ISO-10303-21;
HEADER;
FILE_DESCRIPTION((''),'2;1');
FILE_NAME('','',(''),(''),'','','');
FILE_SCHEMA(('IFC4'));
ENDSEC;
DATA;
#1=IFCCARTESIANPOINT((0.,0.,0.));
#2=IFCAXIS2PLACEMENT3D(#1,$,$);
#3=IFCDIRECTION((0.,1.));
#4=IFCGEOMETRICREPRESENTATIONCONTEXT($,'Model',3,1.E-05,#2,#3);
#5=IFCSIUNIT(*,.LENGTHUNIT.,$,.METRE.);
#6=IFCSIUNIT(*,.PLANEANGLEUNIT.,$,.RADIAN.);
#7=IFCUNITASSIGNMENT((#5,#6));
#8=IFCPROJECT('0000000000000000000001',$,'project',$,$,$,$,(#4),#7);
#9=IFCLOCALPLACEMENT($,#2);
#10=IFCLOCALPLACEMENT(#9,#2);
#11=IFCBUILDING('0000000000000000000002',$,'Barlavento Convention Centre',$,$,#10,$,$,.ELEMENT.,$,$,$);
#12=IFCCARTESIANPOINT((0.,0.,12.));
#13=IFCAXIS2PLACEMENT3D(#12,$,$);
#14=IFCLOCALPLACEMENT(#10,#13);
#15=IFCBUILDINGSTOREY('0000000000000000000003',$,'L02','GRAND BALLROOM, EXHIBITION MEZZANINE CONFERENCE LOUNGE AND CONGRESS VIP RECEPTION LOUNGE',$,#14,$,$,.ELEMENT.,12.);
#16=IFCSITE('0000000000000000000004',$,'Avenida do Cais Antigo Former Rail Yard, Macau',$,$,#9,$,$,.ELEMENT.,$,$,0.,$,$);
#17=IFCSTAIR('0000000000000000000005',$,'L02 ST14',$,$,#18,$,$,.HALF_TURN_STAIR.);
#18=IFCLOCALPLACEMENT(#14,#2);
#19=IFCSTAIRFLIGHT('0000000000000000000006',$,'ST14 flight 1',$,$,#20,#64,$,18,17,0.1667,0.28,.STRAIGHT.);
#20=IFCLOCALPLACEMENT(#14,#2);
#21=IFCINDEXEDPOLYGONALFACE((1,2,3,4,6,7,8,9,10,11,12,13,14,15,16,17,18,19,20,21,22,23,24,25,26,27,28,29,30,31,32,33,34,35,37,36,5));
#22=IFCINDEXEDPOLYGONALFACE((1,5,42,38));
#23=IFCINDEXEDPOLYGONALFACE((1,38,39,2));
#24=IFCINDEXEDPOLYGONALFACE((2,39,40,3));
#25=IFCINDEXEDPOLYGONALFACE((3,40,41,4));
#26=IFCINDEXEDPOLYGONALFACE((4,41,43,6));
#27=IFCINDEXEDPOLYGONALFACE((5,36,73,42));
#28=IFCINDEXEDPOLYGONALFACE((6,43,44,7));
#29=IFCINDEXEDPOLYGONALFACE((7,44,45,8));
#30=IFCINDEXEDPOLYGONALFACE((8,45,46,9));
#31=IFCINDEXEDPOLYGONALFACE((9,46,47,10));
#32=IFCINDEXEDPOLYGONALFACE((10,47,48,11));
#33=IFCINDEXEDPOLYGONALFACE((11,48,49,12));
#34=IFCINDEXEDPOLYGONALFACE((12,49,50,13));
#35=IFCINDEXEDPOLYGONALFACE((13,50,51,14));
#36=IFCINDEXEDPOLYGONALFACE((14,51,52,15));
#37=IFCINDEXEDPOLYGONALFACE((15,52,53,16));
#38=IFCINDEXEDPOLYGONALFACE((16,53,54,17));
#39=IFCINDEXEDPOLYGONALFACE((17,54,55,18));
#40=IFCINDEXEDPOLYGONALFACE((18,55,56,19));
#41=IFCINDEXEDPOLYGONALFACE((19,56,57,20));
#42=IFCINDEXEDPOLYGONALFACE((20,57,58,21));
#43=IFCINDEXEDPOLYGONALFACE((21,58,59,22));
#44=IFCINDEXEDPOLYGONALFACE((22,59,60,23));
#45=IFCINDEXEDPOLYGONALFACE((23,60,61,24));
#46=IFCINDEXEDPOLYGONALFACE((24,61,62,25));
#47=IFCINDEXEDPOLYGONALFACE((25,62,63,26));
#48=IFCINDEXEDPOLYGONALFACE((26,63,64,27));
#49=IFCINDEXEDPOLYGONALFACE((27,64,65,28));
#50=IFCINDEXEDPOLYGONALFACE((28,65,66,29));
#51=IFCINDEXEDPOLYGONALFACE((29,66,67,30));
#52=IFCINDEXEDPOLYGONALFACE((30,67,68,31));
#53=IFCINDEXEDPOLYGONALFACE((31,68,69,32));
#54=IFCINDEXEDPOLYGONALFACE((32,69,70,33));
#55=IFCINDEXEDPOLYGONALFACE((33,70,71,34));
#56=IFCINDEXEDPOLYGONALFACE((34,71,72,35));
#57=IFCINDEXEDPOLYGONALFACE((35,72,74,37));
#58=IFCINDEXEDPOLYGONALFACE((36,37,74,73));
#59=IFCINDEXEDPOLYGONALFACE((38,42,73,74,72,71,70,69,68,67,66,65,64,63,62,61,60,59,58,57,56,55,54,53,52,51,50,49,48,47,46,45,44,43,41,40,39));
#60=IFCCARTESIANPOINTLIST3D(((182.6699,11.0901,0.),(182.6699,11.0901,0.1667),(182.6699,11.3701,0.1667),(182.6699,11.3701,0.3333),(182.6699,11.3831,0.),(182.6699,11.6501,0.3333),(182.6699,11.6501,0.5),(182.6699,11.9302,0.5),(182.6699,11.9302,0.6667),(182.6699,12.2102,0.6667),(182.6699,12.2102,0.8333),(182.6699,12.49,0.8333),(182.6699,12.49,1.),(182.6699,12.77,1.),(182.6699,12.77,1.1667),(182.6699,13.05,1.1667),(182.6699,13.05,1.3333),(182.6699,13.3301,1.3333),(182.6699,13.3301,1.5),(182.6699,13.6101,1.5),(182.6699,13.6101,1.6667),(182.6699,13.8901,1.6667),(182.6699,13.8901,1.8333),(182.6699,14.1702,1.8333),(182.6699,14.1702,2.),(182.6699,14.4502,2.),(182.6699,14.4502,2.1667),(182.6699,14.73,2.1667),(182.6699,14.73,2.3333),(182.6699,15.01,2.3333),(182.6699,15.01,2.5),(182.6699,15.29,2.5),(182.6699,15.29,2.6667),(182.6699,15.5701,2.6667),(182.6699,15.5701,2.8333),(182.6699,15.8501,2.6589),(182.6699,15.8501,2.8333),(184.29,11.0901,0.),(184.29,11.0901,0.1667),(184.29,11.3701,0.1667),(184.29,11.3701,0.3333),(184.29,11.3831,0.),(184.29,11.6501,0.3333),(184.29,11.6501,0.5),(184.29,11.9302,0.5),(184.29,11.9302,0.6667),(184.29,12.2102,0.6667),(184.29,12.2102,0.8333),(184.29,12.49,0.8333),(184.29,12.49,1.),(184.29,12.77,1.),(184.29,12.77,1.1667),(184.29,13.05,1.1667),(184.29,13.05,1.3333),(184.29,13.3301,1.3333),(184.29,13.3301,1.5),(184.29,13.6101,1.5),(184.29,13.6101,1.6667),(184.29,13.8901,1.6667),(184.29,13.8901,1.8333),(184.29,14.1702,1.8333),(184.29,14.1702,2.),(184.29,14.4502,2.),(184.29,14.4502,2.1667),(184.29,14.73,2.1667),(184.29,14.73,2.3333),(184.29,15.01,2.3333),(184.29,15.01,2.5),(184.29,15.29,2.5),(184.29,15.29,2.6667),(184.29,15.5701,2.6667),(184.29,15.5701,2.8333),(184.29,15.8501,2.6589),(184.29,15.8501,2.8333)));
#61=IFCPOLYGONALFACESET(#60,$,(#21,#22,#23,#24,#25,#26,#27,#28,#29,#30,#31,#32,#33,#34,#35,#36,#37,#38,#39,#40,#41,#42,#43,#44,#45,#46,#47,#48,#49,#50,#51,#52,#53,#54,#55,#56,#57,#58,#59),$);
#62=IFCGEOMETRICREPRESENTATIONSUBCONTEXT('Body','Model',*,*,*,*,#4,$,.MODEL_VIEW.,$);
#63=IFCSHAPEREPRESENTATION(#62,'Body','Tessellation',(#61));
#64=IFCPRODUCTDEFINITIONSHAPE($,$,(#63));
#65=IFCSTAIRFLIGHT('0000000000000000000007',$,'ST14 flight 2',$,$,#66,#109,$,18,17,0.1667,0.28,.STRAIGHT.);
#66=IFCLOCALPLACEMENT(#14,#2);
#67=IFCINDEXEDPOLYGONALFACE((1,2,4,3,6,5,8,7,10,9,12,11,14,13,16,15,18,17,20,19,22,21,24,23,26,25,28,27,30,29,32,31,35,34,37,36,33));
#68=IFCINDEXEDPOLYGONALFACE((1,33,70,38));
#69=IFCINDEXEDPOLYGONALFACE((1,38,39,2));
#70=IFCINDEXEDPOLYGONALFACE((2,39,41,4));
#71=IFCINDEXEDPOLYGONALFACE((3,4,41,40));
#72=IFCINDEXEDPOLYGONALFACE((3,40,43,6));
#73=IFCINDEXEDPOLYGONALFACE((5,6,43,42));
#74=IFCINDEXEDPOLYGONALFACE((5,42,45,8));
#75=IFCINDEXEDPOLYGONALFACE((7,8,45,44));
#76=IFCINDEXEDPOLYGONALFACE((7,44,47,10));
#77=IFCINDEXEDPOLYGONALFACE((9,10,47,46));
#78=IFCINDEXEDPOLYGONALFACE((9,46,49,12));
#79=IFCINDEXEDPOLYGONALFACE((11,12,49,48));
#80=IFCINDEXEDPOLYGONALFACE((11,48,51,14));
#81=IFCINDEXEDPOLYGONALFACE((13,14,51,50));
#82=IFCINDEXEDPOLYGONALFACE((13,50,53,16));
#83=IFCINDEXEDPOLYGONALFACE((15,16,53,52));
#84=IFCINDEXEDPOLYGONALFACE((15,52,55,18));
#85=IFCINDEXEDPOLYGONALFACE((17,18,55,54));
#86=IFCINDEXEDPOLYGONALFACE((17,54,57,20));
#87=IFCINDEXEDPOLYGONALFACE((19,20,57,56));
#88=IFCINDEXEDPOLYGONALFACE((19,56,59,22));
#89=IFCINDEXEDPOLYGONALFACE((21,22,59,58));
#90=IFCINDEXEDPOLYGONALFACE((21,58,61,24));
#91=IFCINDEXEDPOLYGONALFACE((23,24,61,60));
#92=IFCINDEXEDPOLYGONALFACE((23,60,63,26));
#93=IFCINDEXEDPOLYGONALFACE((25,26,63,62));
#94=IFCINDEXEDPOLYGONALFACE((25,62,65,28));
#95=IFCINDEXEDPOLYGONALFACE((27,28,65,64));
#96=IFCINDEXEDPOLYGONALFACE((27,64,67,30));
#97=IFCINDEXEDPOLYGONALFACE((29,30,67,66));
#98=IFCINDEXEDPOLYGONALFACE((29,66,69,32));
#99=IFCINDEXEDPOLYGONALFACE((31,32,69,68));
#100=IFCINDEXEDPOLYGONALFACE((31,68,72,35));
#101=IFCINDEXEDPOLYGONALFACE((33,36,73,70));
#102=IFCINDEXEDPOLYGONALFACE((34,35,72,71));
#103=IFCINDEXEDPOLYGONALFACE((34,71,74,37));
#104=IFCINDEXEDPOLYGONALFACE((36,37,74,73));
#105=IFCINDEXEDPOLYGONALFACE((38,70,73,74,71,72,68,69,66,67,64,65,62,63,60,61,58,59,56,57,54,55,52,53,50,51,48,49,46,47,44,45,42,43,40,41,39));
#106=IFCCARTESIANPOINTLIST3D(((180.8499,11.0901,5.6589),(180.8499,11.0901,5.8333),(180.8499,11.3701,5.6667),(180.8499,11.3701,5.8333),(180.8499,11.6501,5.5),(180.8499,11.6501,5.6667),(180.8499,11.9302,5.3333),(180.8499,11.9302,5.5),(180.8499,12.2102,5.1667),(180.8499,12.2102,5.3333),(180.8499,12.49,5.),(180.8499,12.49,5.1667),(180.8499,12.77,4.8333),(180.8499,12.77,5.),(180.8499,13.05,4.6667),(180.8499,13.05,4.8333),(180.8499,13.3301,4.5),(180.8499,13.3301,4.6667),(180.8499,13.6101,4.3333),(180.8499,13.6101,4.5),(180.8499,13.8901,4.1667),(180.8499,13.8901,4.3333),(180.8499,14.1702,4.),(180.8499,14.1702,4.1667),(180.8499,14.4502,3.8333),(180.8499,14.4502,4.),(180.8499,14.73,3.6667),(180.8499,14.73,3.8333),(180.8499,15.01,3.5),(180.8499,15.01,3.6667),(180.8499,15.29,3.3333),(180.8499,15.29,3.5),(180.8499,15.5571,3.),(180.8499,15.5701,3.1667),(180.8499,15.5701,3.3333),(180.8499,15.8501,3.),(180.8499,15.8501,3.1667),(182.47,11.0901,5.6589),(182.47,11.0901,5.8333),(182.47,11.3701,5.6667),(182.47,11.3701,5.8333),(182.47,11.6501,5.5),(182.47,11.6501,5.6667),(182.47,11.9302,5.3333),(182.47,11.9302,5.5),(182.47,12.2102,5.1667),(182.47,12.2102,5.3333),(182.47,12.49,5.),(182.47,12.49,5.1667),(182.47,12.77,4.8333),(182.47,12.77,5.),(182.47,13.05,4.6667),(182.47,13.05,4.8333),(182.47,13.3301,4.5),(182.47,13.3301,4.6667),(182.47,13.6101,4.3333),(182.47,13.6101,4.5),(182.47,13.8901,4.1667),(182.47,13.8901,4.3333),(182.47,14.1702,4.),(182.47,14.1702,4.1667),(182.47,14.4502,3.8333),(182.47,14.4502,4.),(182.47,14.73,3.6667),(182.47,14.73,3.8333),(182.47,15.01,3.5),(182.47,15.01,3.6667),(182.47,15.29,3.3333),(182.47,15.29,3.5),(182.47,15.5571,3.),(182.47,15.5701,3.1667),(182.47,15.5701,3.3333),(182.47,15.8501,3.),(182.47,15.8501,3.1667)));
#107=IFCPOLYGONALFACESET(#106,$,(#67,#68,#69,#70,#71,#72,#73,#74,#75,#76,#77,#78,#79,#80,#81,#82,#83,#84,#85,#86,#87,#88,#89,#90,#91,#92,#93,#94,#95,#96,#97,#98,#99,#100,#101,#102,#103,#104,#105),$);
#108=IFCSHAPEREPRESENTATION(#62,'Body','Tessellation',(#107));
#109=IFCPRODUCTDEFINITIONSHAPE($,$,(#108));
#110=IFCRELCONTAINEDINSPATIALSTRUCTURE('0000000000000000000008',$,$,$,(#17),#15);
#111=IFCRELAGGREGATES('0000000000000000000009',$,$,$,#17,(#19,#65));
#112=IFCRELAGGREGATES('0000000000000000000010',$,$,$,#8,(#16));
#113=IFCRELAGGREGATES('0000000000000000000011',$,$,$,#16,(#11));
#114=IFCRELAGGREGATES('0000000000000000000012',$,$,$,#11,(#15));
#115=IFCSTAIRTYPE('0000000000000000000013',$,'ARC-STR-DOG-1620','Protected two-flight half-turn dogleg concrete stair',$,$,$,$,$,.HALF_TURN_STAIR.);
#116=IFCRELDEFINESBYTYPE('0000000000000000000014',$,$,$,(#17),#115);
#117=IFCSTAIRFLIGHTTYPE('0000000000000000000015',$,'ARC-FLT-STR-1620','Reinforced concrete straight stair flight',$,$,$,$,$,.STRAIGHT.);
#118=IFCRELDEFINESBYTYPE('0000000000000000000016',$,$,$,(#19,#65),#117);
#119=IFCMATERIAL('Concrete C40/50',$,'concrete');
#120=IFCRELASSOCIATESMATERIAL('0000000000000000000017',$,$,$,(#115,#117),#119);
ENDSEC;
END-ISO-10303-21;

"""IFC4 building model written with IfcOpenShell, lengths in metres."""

from ifc_helpers import new_model, si_unit, direction, frame, origin, place, context, subcontext, project, spatial, polyline, outline, extrude, material, type_object, element, aggregate, save


model = new_model("IFC4")

# Units and contexts
model_context = context("Model", 3, precision=1e-05, world=origin(), true_north=direction((0.0, 1.0)))
body_context = subcontext(model_context, "Body", "Model", "MODEL_VIEW")
ifc_project = project(units=[si_unit("LENGTHUNIT", "METRE"), si_unit("PLANEANGLEUNIT", "RADIAN")], contexts=[model_context])

# Site, building, storey
site_placement = place(None, origin())
site = spatial("IfcSite", under=ifc_project, at=site_placement, Name="Avenida do Cais Antigo Former Rail Yard, Macau", CompositionType="ELEMENT", RefElevation=0.0)
building_placement = place(site_placement, origin())
building = spatial("IfcBuilding", under=site, at=building_placement, Name="Barlavento Convention Centre", CompositionType="ELEMENT")
storey_placement = place(building_placement, frame((0.0, 0.0, 12.0)))
storey = spatial("IfcBuildingStorey", under=building, at=storey_placement, Name="L02", Description="GRAND BALLROOM, EXHIBITION MEZZANINE CONFERENCE LOUNGE AND CONGRESS VIP RECEPTION LOUNGE", CompositionType="ELEMENT", Elevation=12.0)

# Stair, stair flights
ifc_material_1 = material(Name="Concrete C40/50", Category="concrete")
stair_type = type_object("IfcStairType", Name="ARC-STR-DOG-1620", Description="Protected two-flight half-turn dogleg concrete stair", PredefinedType="HALF_TURN_STAIR", material=ifc_material_1)
stair_placement = place(storey_placement, origin())
stair = element("IfcStair", 1, at=stair_placement, inside=storey, type_object=stair_type, Name="L02 ST14", PredefinedType="HALF_TURN_STAIR")
stair_flight_type = type_object("IfcStairFlightType", Name="ARC-FLT-STR-1620", Description="Reinforced concrete straight stair flight", PredefinedType="STRAIGHT", material=ifc_material_1)
stair_flight_1_placement = place(storey_placement, frame((183.48, 11.0901, 0.0), z_axis=(0.0, 0.0, 1.0), x_axis=(0.0, 1.0, 0.0)))
stair_flight_1 = element("IfcStairFlight", 2, at=stair_flight_1_placement, type_object=stair_flight_type, Name="ST14 flight 1", NumberOfRisers=18, NumberOfTreads=17, PredefinedType="STRAIGHT", RiserHeight=0.1667, TreadLength=0.28, context=body_context, shape_type="SweptSolid", body=[
    extrude(outline(polyline([(0.0, 0.0), (0.0, 0.1667), (0.28, 0.1667), (0.28, 0.3333), (0.5601, 0.3333), (0.5601, 0.5), (0.8401, 0.5), (0.8401, 0.6667), (1.1201, 0.6667), (1.1201, 0.8333), (1.3999, 0.8333), (1.3999, 1.0), (1.6799, 1.0), (1.6799, 1.1667), (1.96, 1.1667), (1.96, 1.3333), (2.24, 1.3333), (2.24, 1.5), (2.52, 1.5), (2.52, 1.6667), (2.8, 1.6667), (2.8, 1.8333), (3.0801, 1.8333), (3.0801, 2.0), (3.3601, 2.0), (3.3601, 2.1667), (3.6399, 2.1667), (3.6399, 2.3333), (3.9199, 2.3333), (3.9199, 2.5), (4.2, 2.5), (4.2, 2.6667), (4.48, 2.6667), (4.48, 2.8333), (4.76, 2.8333), (4.76, 3.0), (4.76, 2.6589), (0.293, 0.0), (0.0, 0.0)])), frame((0.0, 0.8101, 0.0), z_axis=(0.0, -1.0, 0.0), x_axis=(1.0, 0.0, 0.0)), (0.0, 0.0, 1.0), 1.6201),
])
stair_flight_2_placement = place(storey_placement, frame((181.6599, 15.8501, 3.0), z_axis=(0.0, 0.0, 1.0), x_axis=(0.0, -1.0, 0.0)))
stair_flight_2 = element("IfcStairFlight", 3, at=stair_flight_2_placement, type_object=stair_flight_type, Name="ST14 flight 2", NumberOfRisers=18, NumberOfTreads=17, PredefinedType="STRAIGHT", RiserHeight=0.1667, TreadLength=0.28, context=body_context, shape_type="SweptSolid", body=[
    extrude(outline(polyline([(0.0, 0.0), (0.0, 0.1667), (0.28, 0.1667), (0.28, 0.3333), (0.5601, 0.3333), (0.5601, 0.5), (0.8401, 0.5), (0.8401, 0.6667), (1.1201, 0.6667), (1.1201, 0.8333), (1.3999, 0.8333), (1.3999, 1.0), (1.6799, 1.0), (1.6799, 1.1667), (1.96, 1.1667), (1.96, 1.3333), (2.24, 1.3333), (2.24, 1.5), (2.52, 1.5), (2.52, 1.6667), (2.8, 1.6667), (2.8, 1.8333), (3.0801, 1.8333), (3.0801, 2.0), (3.3601, 2.0), (3.3601, 2.1667), (3.6399, 2.1667), (3.6399, 2.3333), (3.9199, 2.3333), (3.9199, 2.5), (4.2, 2.5), (4.2, 2.6667), (4.48, 2.6667), (4.48, 2.8333), (4.76, 2.8333), (4.76, 3.0), (4.76, 2.6589), (0.293, 0.0), (0.0, 0.0)])), frame((0.0, 0.8101, 0.0), z_axis=(0.0, -1.0, 0.0), x_axis=(1.0, 0.0, 0.0)), (0.0, 0.0, 1.0), 1.6201),
])
aggregate(stair, [stair_flight_1, stair_flight_2])

save(model, "model.ifc")
